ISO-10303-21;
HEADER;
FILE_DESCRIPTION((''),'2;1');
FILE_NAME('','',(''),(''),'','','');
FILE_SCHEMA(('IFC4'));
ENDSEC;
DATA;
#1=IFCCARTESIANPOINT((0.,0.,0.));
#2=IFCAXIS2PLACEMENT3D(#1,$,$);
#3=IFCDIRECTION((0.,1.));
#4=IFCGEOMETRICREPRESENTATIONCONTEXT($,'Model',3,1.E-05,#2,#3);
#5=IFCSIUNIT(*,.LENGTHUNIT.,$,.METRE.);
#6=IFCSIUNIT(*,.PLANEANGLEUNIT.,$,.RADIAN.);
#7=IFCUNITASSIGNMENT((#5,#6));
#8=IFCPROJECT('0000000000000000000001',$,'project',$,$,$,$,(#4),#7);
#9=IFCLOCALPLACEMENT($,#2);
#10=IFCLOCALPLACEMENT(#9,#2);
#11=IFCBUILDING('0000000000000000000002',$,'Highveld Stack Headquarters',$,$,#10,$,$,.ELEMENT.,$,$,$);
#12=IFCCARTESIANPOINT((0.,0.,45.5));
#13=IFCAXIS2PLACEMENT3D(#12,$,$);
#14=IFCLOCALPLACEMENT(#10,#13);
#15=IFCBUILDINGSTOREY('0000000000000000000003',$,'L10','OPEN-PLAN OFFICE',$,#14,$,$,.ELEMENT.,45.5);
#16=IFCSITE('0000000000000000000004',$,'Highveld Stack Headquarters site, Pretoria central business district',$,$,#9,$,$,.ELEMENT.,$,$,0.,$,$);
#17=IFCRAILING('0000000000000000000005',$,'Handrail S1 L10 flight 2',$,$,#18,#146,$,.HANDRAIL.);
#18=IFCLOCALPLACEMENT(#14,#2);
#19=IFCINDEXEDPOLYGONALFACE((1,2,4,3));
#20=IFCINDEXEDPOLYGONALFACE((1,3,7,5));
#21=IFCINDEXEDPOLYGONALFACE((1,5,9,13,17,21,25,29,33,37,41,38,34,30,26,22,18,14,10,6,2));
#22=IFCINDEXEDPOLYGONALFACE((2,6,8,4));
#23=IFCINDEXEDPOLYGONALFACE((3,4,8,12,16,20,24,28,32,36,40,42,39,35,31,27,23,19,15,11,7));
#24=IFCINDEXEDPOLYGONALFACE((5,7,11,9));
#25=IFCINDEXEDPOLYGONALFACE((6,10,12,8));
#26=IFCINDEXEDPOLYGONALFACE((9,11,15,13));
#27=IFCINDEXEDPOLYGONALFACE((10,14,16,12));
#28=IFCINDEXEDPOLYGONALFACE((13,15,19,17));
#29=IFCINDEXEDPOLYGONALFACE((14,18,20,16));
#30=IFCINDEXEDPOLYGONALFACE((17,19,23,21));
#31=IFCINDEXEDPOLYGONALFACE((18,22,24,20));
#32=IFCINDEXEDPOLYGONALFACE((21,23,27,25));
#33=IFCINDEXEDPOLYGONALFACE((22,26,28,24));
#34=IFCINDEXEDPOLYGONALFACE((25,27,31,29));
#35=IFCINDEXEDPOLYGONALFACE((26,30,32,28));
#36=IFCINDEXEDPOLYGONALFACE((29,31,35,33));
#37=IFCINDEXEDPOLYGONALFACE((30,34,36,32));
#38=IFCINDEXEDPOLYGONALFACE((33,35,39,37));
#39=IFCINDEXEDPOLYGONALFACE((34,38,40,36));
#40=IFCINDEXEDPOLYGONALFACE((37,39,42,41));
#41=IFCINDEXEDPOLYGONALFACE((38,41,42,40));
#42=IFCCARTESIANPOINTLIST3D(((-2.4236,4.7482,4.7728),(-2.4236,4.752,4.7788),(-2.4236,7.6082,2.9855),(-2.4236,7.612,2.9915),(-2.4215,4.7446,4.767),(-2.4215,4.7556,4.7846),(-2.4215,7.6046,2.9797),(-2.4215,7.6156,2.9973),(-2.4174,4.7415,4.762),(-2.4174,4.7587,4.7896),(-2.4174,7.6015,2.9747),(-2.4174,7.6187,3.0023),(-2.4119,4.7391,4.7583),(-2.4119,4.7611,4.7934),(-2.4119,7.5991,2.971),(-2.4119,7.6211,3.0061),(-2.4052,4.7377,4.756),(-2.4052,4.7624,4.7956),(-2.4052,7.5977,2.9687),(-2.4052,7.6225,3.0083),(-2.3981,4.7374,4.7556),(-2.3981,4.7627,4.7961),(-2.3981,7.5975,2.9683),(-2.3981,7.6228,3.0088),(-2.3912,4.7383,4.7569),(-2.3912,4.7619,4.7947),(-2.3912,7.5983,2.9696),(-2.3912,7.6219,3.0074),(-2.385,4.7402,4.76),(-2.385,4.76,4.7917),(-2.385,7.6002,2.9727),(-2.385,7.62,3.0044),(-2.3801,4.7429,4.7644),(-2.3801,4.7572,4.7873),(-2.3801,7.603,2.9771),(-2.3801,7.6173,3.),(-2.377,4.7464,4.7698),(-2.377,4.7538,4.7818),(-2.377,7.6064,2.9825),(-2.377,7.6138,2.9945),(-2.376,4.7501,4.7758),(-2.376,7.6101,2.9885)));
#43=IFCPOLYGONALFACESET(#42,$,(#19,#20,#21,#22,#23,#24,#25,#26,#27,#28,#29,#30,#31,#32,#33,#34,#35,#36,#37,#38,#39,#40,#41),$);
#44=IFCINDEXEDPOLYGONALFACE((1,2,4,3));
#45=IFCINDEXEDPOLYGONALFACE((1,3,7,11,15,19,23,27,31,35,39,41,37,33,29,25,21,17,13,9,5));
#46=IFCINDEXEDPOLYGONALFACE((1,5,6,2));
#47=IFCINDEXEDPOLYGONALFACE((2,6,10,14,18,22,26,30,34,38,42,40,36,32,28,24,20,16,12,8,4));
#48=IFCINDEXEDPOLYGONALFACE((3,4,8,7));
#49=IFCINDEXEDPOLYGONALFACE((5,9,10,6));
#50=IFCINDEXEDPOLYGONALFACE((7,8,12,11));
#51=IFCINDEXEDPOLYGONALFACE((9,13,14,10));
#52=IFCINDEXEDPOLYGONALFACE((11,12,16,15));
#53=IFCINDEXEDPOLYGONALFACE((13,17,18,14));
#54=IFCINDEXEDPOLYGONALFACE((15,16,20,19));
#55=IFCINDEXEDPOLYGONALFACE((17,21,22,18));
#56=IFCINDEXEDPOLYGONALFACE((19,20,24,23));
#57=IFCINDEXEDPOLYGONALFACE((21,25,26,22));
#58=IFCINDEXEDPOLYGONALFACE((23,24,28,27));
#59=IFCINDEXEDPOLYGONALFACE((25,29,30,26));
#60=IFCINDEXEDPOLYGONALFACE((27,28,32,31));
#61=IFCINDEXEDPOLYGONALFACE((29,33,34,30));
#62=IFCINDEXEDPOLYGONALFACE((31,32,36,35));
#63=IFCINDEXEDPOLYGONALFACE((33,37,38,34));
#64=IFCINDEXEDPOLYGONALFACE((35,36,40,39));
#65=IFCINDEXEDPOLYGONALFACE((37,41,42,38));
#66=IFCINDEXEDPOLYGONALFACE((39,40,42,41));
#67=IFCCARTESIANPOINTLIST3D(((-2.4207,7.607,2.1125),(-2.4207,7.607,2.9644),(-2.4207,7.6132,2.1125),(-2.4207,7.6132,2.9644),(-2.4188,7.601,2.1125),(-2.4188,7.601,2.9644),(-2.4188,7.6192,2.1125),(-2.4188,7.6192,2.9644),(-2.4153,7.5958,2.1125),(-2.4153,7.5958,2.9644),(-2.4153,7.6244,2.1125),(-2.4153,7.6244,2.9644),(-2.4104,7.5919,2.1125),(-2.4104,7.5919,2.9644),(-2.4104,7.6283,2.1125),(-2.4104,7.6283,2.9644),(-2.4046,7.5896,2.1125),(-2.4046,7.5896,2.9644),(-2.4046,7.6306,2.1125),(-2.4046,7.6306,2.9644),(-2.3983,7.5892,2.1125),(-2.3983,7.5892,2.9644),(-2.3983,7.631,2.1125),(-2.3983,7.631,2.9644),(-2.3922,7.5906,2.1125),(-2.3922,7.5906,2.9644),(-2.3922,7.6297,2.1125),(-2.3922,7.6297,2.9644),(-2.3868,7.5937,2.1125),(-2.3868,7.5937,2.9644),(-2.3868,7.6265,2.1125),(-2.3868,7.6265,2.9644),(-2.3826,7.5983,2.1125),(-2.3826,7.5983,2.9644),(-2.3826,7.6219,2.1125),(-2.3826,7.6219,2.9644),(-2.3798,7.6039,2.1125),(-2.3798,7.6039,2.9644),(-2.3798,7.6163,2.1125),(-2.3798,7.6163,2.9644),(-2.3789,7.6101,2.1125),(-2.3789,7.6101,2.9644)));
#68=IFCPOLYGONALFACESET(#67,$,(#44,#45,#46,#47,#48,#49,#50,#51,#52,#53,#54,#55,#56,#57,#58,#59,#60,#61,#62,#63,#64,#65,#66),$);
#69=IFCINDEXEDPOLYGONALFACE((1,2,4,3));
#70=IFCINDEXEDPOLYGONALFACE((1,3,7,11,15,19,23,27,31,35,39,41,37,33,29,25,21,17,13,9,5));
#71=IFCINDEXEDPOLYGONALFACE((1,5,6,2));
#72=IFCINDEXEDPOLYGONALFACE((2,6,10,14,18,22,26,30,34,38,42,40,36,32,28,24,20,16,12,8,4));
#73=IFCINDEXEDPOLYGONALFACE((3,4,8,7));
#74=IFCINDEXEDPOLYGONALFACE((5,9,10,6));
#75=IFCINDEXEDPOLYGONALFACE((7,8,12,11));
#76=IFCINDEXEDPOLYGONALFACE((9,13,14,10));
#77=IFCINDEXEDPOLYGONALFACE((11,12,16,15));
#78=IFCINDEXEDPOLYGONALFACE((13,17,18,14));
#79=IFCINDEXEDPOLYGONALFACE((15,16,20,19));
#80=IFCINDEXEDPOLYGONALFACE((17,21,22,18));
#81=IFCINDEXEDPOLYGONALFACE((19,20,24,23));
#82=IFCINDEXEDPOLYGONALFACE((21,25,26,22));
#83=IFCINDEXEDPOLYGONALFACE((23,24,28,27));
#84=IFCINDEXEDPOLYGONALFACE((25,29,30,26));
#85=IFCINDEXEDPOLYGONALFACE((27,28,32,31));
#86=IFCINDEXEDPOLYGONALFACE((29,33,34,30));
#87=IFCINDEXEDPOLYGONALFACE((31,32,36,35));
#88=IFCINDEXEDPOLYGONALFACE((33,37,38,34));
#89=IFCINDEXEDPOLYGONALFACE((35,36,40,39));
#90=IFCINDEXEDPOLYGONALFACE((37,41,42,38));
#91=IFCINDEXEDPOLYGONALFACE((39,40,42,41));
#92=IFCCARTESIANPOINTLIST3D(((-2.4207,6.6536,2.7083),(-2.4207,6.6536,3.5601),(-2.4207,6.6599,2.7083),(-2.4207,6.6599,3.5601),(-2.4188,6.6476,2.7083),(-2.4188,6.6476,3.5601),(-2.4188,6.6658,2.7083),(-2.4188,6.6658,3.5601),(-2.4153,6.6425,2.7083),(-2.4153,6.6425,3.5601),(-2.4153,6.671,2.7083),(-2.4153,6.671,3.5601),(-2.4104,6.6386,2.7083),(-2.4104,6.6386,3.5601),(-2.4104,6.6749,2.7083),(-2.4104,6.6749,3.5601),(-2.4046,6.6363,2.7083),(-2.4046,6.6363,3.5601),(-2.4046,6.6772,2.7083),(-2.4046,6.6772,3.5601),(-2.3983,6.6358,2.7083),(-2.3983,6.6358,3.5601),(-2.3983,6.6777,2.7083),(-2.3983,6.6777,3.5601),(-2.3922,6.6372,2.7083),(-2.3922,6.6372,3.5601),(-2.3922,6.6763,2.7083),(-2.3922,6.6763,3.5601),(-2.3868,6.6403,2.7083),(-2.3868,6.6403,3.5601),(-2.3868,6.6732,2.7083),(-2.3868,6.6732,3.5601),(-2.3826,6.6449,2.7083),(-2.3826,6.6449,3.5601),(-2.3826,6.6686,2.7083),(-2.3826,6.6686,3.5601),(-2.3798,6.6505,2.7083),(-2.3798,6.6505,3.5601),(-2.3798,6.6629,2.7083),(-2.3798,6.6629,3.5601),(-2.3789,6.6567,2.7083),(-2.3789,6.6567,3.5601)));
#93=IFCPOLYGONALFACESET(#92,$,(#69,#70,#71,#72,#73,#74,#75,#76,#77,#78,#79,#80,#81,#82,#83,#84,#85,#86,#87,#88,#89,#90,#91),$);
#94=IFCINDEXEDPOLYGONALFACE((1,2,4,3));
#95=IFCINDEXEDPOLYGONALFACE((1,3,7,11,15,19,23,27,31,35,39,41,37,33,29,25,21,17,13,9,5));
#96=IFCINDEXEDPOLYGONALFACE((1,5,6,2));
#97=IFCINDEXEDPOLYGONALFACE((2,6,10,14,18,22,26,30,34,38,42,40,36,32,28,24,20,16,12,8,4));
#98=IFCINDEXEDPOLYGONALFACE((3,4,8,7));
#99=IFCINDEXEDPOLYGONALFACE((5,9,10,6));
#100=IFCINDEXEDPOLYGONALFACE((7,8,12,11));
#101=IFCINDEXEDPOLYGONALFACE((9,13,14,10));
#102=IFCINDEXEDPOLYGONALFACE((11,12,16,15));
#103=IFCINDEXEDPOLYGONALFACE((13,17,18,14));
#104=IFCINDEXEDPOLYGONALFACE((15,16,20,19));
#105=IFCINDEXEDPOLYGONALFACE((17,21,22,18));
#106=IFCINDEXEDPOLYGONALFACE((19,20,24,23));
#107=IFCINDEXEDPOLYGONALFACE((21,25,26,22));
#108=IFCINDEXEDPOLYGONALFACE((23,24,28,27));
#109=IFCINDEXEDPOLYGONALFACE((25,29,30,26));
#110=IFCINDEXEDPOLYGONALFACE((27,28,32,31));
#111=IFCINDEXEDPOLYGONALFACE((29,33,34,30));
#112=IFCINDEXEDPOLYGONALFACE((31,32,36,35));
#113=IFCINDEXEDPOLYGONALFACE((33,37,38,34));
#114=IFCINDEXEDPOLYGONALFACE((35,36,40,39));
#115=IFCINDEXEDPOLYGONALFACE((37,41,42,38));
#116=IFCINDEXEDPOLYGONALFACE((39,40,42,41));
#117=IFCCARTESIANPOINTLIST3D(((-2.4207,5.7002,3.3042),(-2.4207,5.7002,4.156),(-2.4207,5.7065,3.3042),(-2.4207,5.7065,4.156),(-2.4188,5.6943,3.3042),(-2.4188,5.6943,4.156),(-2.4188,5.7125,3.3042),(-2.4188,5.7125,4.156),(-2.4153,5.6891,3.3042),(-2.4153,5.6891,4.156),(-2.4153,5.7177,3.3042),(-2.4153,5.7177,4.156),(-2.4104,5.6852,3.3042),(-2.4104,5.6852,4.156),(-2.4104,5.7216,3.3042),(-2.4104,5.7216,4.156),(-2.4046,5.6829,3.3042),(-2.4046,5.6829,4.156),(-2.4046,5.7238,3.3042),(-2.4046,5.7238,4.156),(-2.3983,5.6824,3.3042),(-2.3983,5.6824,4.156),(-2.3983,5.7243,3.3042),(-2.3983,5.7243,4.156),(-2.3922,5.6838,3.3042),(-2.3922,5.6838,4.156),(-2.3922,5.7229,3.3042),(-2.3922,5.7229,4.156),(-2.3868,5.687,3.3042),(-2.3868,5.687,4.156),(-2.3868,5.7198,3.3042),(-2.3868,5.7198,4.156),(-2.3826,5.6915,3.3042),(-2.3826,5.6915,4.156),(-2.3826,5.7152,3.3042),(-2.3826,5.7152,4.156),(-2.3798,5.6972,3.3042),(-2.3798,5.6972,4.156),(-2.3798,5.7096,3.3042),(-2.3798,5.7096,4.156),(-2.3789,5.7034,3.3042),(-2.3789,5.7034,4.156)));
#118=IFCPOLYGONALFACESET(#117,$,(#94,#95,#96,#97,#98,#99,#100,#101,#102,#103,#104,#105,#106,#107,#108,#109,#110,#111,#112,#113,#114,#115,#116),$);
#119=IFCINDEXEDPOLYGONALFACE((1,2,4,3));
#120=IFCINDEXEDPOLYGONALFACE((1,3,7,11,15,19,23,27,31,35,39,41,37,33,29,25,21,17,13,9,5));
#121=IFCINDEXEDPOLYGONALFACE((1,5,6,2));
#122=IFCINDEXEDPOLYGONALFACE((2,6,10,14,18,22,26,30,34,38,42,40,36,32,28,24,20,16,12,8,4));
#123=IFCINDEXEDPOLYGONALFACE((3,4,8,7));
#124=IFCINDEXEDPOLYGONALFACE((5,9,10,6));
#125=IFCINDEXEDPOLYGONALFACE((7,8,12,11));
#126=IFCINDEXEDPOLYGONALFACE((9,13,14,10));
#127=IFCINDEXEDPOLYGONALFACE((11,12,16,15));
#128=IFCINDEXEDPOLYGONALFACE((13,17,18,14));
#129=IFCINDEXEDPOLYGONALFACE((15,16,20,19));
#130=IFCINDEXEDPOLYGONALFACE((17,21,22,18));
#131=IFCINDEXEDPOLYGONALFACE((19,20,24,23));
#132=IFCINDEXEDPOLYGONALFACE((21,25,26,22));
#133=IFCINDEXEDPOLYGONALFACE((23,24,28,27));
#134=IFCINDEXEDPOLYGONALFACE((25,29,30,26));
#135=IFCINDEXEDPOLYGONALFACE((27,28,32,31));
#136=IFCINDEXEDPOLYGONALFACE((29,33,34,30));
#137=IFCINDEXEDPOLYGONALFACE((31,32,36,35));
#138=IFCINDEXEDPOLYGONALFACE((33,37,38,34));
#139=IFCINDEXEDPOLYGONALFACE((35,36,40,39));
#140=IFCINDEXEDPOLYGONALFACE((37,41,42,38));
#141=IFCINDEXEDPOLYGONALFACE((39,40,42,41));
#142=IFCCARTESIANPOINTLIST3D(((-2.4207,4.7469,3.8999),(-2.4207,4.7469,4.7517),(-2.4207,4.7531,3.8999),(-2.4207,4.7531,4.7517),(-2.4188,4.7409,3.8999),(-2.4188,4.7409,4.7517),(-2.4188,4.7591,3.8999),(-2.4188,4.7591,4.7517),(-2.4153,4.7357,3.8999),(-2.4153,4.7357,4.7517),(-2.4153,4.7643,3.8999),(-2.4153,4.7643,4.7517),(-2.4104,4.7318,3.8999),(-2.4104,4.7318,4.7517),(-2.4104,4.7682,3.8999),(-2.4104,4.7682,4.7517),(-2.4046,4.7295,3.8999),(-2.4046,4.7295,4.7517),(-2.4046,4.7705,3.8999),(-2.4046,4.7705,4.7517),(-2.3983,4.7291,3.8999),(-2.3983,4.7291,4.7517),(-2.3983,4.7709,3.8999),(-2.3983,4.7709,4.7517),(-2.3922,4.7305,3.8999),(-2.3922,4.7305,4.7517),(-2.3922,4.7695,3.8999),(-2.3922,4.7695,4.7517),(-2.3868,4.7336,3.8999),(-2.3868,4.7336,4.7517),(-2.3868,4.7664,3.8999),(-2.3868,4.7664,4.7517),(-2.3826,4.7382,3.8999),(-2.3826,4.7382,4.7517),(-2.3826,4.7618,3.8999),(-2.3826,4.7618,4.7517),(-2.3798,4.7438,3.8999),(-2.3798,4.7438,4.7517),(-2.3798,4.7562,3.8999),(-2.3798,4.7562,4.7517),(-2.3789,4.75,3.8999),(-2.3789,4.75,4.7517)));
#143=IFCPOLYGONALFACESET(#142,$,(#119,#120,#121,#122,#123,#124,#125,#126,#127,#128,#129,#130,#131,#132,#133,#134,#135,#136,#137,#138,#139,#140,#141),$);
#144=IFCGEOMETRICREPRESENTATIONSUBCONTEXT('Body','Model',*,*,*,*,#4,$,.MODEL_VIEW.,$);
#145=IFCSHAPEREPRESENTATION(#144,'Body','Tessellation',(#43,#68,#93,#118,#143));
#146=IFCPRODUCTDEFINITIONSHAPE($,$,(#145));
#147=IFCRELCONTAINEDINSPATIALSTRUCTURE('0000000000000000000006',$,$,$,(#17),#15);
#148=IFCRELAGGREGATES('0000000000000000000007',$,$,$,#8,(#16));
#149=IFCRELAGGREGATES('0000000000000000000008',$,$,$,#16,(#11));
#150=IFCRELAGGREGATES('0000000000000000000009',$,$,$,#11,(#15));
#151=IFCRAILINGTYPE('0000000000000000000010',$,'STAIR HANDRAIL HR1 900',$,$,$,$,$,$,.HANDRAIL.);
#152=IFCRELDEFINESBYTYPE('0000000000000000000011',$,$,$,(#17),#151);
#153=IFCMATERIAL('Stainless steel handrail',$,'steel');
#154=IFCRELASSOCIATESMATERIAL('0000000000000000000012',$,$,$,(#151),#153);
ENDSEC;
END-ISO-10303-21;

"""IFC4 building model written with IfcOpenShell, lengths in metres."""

from ifc_helpers import new_model, si_unit, direction, frame, origin, origin_2d, place, context, subcontext, project, spatial, circle, extrude, material, type_object, element, save


model = new_model("IFC4")

# Units and contexts
model_context = context("Model", 3, precision=1e-05, world=origin(), true_north=direction((0.0, 1.0)))
body_context = subcontext(model_context, "Body", "Model", "MODEL_VIEW")
ifc_project = project(units=[si_unit("LENGTHUNIT", "METRE"), si_unit("PLANEANGLEUNIT", "RADIAN")], contexts=[model_context])

# Site, building, storey
site_placement = place(None, origin())
site = spatial("IfcSite", under=ifc_project, at=site_placement, Name="Highveld Stack Headquarters site, Pretoria central business district", CompositionType="ELEMENT", RefElevation=0.0)
building_placement = place(site_placement, origin())
building = spatial("IfcBuilding", under=site, at=building_placement, Name="Highveld Stack Headquarters", CompositionType="ELEMENT")
storey_placement = place(building_placement, frame((0.0, 0.0, 45.5)))
storey = spatial("IfcBuildingStorey", under=building, at=storey_placement, Name="L10", Description="OPEN-PLAN OFFICE", CompositionType="ELEMENT", Elevation=45.5)

# Railing
ifc_material_1 = material(Name="Stainless steel handrail", Category="steel")
railing_type = type_object("IfcRailingType", Name="STAIR HANDRAIL HR1 900", PredefinedType="HANDRAIL", material=ifc_material_1)
for number, where, name in (
    (1, (-2.3999, 7.6101, 2.1125), "Handrail S1 L10 flight 2"),
):
    element("IfcRailing", number, at=place(storey_placement, frame(where)), inside=storey, type_object=railing_type, Name=name, PredefinedType="HANDRAIL", context=body_context, shape_type="SweptSolid", body=[
        extrude(circle(Radius=0.0239, at=origin_2d()), frame((0.0, 0.0, 0.876), z_axis=(0.0, -0.848027, 0.529953), x_axis=(1.0, 0.0, 0.0)), (0.0, 0.0, 1.0), 3.3726),
        extrude(circle(Radius=0.021, at=origin_2d()), origin(), (0.0, 0.0, 1.0), 0.8518),
        extrude(circle(Radius=0.021, at=origin_2d()), frame((0.0, -0.9534, 0.5957)), (0.0, 0.0, 1.0), 0.8518),
        extrude(circle(Radius=0.021, at=origin_2d()), frame((0.0, -1.9067, 1.1917)), (0.0, 0.0, 1.0), 0.8518),
        extrude(circle(Radius=0.021, at=origin_2d()), frame((0.0, -2.8601, 1.7874)), (0.0, 0.0, 1.0), 0.8518),
    ])

save(model, "model.ifc")
